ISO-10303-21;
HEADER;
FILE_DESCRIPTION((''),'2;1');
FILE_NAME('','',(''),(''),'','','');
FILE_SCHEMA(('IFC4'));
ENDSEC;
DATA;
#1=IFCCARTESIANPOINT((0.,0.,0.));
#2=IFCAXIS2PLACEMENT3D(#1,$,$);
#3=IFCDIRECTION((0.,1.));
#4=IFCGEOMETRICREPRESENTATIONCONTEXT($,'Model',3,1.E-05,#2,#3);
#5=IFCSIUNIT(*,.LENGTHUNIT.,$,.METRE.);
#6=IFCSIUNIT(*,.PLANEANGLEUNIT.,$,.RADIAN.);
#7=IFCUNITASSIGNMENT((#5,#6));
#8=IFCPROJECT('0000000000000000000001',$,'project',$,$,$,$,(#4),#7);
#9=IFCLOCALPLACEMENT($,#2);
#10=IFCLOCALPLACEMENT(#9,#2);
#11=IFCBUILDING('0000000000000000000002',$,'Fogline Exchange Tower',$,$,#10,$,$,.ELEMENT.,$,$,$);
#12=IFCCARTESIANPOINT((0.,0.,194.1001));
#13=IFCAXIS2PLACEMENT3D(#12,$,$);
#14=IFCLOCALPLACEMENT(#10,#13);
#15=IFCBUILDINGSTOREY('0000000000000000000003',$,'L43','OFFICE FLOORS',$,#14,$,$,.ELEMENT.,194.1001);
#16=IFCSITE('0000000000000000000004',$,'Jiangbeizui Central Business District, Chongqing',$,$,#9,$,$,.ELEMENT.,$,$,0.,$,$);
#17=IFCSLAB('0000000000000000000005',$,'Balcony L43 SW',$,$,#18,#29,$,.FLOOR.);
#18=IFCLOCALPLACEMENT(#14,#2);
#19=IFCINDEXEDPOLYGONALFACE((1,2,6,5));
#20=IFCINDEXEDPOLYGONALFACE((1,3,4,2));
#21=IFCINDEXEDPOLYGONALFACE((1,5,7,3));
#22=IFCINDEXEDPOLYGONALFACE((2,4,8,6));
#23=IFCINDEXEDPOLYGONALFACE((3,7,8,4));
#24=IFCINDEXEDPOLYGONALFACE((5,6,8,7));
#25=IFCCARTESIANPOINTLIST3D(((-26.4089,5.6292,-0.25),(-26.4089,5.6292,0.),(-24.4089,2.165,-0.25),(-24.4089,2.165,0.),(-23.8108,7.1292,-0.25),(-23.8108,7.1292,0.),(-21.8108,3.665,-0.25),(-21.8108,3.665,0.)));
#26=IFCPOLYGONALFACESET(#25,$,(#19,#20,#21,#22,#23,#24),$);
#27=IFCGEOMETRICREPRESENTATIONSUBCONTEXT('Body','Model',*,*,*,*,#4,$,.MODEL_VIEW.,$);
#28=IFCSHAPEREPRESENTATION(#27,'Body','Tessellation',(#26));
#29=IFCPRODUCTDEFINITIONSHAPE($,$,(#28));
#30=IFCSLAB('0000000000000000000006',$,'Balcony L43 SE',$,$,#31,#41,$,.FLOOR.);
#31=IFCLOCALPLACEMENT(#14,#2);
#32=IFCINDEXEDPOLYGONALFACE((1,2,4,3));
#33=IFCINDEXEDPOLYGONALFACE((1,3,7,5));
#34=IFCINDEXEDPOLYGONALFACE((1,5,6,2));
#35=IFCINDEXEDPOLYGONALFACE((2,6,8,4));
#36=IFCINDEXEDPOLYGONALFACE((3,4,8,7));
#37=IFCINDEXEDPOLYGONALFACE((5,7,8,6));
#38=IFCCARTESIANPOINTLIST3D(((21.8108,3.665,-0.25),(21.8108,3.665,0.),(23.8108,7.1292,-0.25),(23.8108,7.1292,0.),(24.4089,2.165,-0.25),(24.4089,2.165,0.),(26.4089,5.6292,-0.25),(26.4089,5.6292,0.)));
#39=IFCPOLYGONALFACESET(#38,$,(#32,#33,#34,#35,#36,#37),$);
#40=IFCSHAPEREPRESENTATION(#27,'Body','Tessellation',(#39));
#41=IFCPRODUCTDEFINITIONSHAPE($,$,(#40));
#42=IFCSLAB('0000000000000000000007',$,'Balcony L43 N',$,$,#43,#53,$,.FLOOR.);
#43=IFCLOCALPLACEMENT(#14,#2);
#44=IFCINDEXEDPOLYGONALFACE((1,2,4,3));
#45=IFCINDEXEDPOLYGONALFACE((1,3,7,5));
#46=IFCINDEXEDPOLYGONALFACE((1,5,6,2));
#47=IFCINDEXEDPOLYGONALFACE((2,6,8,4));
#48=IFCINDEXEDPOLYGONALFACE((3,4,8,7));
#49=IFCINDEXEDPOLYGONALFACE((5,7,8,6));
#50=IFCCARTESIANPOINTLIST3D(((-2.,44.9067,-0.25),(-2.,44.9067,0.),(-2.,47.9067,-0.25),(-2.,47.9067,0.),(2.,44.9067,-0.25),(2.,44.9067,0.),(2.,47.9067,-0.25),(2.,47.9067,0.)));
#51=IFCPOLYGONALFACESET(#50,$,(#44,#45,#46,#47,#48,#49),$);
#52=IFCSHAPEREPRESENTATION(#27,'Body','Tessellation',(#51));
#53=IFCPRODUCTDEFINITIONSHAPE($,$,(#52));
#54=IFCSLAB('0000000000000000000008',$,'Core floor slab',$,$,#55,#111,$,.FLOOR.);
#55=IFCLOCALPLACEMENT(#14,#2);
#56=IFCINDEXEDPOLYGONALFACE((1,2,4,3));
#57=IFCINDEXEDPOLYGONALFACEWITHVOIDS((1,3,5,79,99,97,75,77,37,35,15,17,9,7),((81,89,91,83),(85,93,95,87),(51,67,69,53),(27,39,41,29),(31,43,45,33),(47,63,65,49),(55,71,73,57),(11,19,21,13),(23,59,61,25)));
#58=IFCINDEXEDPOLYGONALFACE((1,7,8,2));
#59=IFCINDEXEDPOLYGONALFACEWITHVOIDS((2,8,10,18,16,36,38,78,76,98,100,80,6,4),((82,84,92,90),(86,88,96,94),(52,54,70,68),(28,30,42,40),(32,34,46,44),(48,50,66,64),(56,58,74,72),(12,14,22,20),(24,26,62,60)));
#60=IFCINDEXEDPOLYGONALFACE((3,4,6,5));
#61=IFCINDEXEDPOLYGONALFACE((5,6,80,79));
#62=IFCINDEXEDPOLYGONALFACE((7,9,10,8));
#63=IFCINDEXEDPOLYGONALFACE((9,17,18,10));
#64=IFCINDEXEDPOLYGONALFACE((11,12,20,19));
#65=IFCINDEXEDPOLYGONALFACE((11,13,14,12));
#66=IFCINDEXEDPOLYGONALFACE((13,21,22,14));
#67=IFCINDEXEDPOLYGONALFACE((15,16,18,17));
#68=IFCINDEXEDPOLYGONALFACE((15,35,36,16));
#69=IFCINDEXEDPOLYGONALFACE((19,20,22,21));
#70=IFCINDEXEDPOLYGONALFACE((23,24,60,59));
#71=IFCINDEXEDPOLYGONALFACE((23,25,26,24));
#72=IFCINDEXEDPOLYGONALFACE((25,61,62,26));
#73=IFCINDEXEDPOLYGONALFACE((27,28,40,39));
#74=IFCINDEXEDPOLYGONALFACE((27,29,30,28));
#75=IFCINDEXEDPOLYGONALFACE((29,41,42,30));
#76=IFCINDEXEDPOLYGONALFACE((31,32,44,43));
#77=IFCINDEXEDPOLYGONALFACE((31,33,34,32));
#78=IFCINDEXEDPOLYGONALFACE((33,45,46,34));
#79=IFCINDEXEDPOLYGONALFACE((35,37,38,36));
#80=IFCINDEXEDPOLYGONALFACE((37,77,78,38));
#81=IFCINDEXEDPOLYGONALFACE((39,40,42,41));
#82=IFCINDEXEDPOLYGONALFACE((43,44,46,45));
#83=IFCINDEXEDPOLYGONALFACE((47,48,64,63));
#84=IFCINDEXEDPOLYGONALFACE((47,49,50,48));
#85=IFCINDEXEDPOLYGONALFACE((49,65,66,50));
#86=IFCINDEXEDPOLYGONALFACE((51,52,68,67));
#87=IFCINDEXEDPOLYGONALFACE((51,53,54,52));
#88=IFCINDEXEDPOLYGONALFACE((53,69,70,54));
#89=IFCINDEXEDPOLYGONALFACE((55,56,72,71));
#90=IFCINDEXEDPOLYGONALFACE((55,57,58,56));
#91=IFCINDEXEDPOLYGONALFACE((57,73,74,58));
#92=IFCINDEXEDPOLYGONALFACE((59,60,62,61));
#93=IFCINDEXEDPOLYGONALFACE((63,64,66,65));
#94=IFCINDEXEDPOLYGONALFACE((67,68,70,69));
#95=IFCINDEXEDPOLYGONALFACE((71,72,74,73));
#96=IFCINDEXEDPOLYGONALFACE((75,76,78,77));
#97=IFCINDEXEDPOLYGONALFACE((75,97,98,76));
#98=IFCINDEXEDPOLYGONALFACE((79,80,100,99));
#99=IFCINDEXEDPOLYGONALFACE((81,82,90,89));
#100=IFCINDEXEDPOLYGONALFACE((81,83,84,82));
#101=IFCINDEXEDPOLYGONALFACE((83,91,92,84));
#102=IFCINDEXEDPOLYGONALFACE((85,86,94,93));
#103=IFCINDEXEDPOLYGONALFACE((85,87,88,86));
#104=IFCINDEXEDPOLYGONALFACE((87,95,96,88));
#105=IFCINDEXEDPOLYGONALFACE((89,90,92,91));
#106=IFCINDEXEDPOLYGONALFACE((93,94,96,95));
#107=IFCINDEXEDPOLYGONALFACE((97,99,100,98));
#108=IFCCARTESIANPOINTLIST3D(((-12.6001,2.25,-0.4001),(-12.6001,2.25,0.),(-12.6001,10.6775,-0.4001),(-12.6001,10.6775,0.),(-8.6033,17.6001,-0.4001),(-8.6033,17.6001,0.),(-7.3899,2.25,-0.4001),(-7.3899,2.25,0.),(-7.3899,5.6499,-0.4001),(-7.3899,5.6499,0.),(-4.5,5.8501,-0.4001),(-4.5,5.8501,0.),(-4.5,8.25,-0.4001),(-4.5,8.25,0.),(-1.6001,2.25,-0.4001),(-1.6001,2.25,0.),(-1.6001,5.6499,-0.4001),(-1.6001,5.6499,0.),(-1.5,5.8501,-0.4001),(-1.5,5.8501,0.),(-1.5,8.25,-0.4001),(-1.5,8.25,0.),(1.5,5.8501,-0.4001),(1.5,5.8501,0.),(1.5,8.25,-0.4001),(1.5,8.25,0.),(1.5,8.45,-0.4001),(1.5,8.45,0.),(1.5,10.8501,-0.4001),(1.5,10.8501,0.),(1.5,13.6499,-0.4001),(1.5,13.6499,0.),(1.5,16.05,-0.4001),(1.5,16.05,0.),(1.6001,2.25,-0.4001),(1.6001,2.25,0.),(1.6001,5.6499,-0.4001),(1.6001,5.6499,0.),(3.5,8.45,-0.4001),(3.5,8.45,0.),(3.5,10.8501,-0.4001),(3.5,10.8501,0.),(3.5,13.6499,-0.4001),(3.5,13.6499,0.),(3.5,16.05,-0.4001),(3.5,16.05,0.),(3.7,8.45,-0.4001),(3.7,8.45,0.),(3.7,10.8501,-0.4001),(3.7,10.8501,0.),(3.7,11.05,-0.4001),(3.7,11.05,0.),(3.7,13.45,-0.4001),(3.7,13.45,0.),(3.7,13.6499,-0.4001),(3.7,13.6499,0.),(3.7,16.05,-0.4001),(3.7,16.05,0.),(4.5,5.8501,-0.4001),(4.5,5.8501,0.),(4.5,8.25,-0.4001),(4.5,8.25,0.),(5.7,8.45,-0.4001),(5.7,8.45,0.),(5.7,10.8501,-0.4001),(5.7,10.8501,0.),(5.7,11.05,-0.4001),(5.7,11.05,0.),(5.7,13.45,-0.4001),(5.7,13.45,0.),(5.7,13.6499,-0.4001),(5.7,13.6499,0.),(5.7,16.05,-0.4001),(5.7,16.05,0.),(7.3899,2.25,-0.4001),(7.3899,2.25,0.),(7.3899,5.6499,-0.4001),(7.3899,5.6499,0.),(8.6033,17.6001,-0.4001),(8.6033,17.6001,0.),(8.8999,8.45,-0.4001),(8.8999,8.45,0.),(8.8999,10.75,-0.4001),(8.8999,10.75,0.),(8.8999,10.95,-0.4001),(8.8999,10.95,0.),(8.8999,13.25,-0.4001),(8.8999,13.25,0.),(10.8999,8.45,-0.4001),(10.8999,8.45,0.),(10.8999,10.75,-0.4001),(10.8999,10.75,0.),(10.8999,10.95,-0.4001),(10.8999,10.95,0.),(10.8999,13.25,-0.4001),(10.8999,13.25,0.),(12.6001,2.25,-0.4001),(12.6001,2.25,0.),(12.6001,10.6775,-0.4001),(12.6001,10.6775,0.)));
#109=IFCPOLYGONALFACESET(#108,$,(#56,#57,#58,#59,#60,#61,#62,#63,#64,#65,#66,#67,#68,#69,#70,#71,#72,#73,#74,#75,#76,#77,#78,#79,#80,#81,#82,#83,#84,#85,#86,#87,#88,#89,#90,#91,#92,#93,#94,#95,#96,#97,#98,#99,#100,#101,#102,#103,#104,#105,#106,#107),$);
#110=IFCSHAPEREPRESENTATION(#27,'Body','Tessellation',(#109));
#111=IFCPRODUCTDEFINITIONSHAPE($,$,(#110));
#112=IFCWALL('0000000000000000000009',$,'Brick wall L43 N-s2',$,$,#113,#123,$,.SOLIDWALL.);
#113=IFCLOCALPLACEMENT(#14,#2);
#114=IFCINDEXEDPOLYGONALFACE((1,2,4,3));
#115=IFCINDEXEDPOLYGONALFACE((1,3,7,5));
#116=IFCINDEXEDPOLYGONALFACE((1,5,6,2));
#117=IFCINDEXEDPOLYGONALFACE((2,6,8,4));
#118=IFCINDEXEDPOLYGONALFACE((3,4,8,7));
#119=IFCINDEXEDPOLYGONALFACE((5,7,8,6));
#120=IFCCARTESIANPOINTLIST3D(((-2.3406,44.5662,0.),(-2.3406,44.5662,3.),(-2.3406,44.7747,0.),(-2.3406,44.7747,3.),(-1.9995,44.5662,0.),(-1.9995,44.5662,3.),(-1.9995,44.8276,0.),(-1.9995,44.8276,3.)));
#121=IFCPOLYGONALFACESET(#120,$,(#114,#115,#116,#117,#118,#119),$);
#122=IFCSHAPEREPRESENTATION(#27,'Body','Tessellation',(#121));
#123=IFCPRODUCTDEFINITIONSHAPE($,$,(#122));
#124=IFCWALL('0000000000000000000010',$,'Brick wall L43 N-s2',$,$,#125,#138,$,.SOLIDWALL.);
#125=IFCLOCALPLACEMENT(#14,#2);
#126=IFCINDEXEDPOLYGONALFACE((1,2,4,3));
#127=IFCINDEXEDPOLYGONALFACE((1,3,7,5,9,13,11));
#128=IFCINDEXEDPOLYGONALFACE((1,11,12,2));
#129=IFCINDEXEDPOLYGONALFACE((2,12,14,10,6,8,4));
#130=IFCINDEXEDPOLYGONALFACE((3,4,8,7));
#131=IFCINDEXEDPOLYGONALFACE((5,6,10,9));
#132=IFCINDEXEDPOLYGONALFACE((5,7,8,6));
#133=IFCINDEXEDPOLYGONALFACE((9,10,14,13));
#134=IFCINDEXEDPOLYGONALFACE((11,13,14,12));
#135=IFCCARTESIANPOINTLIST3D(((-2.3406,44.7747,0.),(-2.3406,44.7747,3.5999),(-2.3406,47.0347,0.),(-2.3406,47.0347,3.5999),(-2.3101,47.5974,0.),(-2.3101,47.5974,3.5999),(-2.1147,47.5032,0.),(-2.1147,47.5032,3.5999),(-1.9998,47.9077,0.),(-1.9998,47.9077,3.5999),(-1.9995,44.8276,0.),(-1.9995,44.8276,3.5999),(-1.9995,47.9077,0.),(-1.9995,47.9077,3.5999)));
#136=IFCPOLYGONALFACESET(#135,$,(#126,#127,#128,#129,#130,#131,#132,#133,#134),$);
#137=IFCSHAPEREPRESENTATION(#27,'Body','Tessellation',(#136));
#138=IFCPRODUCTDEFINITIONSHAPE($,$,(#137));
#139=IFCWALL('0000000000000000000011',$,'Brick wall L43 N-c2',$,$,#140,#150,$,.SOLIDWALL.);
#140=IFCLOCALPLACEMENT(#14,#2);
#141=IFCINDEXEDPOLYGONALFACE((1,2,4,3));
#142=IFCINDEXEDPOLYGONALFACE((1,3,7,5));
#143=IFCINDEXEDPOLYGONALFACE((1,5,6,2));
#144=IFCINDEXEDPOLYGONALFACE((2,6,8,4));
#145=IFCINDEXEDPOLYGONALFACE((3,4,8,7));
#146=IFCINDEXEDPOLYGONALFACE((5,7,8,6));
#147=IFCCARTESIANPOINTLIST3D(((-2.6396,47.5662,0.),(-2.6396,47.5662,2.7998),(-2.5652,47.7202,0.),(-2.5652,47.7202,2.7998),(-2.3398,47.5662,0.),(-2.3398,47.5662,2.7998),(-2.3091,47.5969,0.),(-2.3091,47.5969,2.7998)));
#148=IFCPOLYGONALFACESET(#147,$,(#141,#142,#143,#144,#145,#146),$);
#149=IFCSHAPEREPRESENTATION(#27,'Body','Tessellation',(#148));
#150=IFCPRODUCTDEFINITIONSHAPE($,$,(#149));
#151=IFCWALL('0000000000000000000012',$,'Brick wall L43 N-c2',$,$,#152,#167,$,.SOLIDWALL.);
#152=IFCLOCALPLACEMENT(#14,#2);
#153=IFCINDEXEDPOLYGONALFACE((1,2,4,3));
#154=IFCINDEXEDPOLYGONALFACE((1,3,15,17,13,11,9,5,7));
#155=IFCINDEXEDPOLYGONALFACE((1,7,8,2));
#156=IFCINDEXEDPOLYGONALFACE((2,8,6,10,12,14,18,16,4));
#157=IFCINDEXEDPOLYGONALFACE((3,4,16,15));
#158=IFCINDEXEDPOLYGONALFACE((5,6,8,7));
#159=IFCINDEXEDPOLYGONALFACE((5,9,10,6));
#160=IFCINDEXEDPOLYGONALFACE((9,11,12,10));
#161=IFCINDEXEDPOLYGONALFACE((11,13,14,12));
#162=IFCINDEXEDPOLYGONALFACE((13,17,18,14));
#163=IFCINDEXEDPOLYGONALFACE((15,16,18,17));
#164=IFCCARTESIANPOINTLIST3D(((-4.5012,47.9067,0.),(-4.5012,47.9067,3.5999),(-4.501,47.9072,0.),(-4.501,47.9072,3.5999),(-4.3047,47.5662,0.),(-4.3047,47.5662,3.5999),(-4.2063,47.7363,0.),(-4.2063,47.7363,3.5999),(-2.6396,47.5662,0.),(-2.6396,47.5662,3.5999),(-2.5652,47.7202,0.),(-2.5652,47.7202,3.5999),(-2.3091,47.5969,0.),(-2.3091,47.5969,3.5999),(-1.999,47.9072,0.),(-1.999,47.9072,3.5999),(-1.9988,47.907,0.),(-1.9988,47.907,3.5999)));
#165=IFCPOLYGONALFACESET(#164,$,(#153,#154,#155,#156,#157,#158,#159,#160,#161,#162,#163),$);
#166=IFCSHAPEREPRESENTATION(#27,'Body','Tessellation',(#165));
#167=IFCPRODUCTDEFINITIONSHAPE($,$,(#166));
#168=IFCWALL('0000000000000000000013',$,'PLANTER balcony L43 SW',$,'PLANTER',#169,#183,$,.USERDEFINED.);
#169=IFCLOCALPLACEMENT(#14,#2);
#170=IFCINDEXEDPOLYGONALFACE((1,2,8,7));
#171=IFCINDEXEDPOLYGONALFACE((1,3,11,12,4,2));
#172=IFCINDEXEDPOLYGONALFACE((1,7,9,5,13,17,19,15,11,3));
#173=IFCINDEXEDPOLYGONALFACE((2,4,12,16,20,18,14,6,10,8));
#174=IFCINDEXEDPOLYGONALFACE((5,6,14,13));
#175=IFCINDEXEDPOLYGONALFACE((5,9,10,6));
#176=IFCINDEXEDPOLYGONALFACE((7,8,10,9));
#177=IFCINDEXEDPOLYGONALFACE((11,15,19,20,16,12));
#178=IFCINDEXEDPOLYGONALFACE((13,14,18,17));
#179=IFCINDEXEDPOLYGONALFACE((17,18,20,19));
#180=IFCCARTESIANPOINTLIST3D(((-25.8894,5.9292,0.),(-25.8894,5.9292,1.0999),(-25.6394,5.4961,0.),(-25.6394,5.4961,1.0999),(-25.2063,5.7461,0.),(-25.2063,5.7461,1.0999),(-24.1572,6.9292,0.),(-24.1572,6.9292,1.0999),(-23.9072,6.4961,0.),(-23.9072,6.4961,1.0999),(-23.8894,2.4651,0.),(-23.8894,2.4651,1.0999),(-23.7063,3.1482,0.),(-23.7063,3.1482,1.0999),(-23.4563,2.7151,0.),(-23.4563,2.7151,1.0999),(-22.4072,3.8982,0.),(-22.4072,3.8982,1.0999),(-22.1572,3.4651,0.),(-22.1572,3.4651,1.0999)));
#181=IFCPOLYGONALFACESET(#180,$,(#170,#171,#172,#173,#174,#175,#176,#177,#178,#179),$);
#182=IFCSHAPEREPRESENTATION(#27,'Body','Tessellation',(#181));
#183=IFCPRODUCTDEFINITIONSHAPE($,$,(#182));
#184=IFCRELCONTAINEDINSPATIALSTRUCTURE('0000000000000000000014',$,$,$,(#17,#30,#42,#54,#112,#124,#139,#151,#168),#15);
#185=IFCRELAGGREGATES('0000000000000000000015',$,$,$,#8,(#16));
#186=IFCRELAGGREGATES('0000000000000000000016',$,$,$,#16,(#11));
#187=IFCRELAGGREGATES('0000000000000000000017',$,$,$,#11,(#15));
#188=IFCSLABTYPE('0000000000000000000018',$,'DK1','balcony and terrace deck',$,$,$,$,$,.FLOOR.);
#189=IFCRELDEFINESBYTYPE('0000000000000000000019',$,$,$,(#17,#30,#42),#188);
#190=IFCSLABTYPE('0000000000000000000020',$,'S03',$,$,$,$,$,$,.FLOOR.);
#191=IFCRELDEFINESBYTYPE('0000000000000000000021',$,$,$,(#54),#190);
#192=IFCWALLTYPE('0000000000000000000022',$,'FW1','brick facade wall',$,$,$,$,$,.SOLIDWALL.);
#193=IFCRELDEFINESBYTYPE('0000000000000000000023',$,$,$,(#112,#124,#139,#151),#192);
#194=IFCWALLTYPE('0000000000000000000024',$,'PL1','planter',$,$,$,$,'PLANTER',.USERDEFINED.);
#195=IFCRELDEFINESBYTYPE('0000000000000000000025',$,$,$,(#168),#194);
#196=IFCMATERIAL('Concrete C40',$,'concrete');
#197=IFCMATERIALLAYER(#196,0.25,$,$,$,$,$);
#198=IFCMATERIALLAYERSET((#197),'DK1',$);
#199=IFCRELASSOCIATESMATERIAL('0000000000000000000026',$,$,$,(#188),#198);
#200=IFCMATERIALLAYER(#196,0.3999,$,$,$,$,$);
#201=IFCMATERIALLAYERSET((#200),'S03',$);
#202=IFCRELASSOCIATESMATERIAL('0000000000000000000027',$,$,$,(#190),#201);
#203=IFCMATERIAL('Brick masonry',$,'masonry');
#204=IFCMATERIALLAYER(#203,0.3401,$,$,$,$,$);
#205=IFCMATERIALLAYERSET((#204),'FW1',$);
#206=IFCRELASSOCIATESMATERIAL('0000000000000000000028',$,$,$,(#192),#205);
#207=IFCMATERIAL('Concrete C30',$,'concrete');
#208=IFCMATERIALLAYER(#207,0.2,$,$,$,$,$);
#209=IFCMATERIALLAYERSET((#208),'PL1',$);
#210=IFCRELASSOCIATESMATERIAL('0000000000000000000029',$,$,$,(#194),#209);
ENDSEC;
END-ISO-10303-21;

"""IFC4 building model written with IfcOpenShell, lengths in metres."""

from ifc_helpers import new_model, si_unit, direction, frame, origin, place, context, subcontext, project, spatial, polyline, outline, extrude, material, layer, layer_set, type_object, element, save


model = new_model("IFC4")

# Units and contexts
model_context = context("Model", 3, precision=1e-05, world=origin(), true_north=direction((0.0, 1.0)))
body_context = subcontext(model_context, "Body", "Model", "MODEL_VIEW")
ifc_project = project(units=[si_unit("LENGTHUNIT", "METRE"), si_unit("PLANEANGLEUNIT", "RADIAN")], contexts=[model_context])

# Site, building, storey
site_placement = place(None, origin())
site = spatial("IfcSite", under=ifc_project, at=site_placement, Name="Jiangbeizui Central Business District, Chongqing", CompositionType="ELEMENT", RefElevation=0.0)
building_placement = place(site_placement, origin())
building = spatial("IfcBuilding", under=site, at=building_placement, Name="Fogline Exchange Tower", CompositionType="ELEMENT")
storey_placement = place(building_placement, frame((0.0, 0.0, 194.1001)))
storey = spatial("IfcBuildingStorey", under=building, at=storey_placement, Name="L43", Description="OFFICE FLOORS", CompositionType="ELEMENT", Elevation=194.1001)

# Slabs
ifc_material_1 = material(Name="Concrete C40", Category="concrete")
ifc_layer_1 = layer(ifc_material_1, 0.25)
ifc_layer_set_1 = layer_set([ifc_layer_1], Name="DK1")
slab_type_1 = type_object("IfcSlabType", Name="DK1", Description="balcony and terrace deck", PredefinedType="FLOOR", material=ifc_layer_set_1)
slab_1_placement = place(storey_placement, frame((0.0, 0.0, -0.25)))
element("IfcSlab", 1, at=slab_1_placement, inside=storey, type_object=slab_type_1, Name="Balcony L43 SW", PredefinedType="FLOOR", context=body_context, shape_type="SweptSolid", body=[
    extrude(outline(polyline([(-26.4089, 5.6292), (-24.4089, 2.165), (-21.8108, 3.665), (-23.8108, 7.1292), (-26.4089, 5.6292)])), origin(), (0.0, 0.0, 1.0), 0.25),
])
slab_2_placement = place(storey_placement, frame((0.0, 0.0, -0.25)))
element("IfcSlab", 2, at=slab_2_placement, inside=storey, type_object=slab_type_1, Name="Balcony L43 SE", PredefinedType="FLOOR", context=body_context, shape_type="SweptSolid", body=[
    extrude(outline(polyline([(24.4089, 2.165), (26.4089, 5.6292), (23.8108, 7.1292), (21.8108, 3.665), (24.4089, 2.165)])), origin(), (0.0, 0.0, 1.0), 0.25),
])
slab_3_placement = place(storey_placement, frame((0.0, 0.0, -0.25)))
element("IfcSlab", 3, at=slab_3_placement, inside=storey, type_object=slab_type_1, Name="Balcony L43 N", PredefinedType="FLOOR", context=body_context, shape_type="SweptSolid", body=[
    extrude(outline(polyline([(2.0, 47.9067), (-2.0, 47.9067), (-2.0, 44.9067), (2.0, 44.9067), (2.0, 47.9067)])), origin(), (0.0, 0.0, 1.0), 0.25),
])
ifc_layer_2 = layer(ifc_material_1, 0.3999)
ifc_layer_set_2 = layer_set([ifc_layer_2], Name="S03")
slab_type_2 = type_object("IfcSlabType", Name="S03", PredefinedType="FLOOR", material=ifc_layer_set_2)
slab_4_placement = place(storey_placement, frame((0.0, 0.0, -0.4001)))
element("IfcSlab", 4, at=slab_4_placement, inside=storey, type_object=slab_type_2, Name="Core floor slab", PredefinedType="FLOOR", context=body_context, shape_type="SweptSolid", body=[
    extrude(outline(polyline([(-12.6001, 2.25), (-12.6001, 10.6775), (-8.6033, 17.6001), (8.6033, 17.6001), (12.6001, 10.6775), (12.6001, 2.25), (7.3899, 2.25), (7.3899, 5.6499), (1.6001, 5.6499), (1.6001, 2.25), (-1.6001, 2.25), (-1.6001, 5.6499), (-7.3899, 5.6499), (-7.3899, 2.25), (-12.6001, 2.25)]), holes=[polyline([(-4.5, 8.25), (-4.5, 5.8501), (-1.5, 5.8501), (-1.5, 8.25), (-4.5, 8.25)]), polyline([(4.5, 8.25), (1.5, 8.25), (1.5, 5.8501), (4.5, 5.8501), (4.5, 8.25)]), polyline([(3.5, 10.8501), (1.5, 10.8501), (1.5, 8.45), (3.5, 8.45), (3.5, 10.8501)]), polyline([(1.5, 16.05), (1.5, 13.6499), (3.5, 13.6499), (3.5, 16.05), (1.5, 16.05)]), polyline([(10.8999, 10.75), (8.8999, 10.75), (8.8999, 8.45), (10.8999, 8.45), (10.8999, 10.75)]), polyline([(5.7, 10.8501), (3.7, 10.8501), (3.7, 8.45), (5.7, 8.45), (5.7, 10.8501)]), polyline([(8.8999, 13.25), (8.8999, 10.95), (10.8999, 10.95), (10.8999, 13.25), (8.8999, 13.25)]), polyline([(5.7, 13.45), (3.7, 13.45), (3.7, 11.05), (5.7, 11.05), (5.7, 13.45)]), polyline([(5.7, 16.05), (3.7, 16.05), (3.7, 13.6499), (5.7, 13.6499), (5.7, 16.05)])]), origin(), (0.0, 0.0, 1.0), 0.4001),
])

# Walls
ifc_material_2 = material(Name="Brick masonry", Category="masonry")
ifc_layer_3 = layer(ifc_material_2, 0.3401)
ifc_layer_set_3 = layer_set([ifc_layer_3], Name="FW1")
wall_type_1 = type_object("IfcWallType", Name="FW1", Description="brick facade wall", PredefinedType="SOLIDWALL", material=ifc_layer_set_3)
wall_1_placement = place(storey_placement, origin())
element("IfcWall", 5, at=wall_1_placement, inside=storey, type_object=wall_type_1, Name="Brick wall L43 N-s2", PredefinedType="SOLIDWALL", context=body_context, shape_type="SweptSolid", body=[
    extrude(outline(polyline([(-2.3406, 44.5662), (-2.3406, 44.7747), (-1.9995, 44.8276), (-1.9995, 44.5662), (-2.3406, 44.5662)])), origin(), (0.0, 0.0, 1.0), 3.0),
])
wall_2_placement = place(storey_placement, origin())
element("IfcWall", 6, at=wall_2_placement, inside=storey, type_object=wall_type_1, Name="Brick wall L43 N-s2", PredefinedType="SOLIDWALL", context=body_context, shape_type="SweptSolid", body=[
    extrude(outline(polyline([(-2.3406, 47.0347), (-2.1147, 47.5032), (-2.3101, 47.5974), (-1.9998, 47.9077), (-1.9995, 47.9077), (-1.9995, 44.8276), (-2.3406, 44.7747), (-2.3406, 47.0347)])), origin(), (0.0, 0.0, 1.0), 3.5999),
])
wall_3_placement = place(storey_placement, origin())
element("IfcWall", 7, at=wall_3_placement, inside=storey, type_object=wall_type_1, Name="Brick wall L43 N-c2", PredefinedType="SOLIDWALL", context=body_context, shape_type="SweptSolid", body=[
    extrude(outline(polyline([(-2.3398, 47.5662), (-2.6396, 47.5662), (-2.5652, 47.7202), (-2.3091, 47.5969), (-2.3398, 47.5662)])), origin(), (0.0, 0.0, 1.0), 2.7998),
])
wall_4_placement = place(storey_placement, origin())
element("IfcWall", 8, at=wall_4_placement, inside=storey, type_object=wall_type_1, Name="Brick wall L43 N-c2", PredefinedType="SOLIDWALL", context=body_context, shape_type="SweptSolid", body=[
    extrude(outline(polyline([(-4.2063, 47.7363), (-4.5012, 47.9067), (-4.501, 47.9072), (-1.999, 47.9072), (-1.9988, 47.907), (-2.3091, 47.5969), (-2.5652, 47.7202), (-2.6396, 47.5662), (-4.3047, 47.5662), (-4.2063, 47.7363)])), origin(), (0.0, 0.0, 1.0), 3.5999),
])
ifc_material_3 = material(Name="Concrete C30", Category="concrete")
ifc_layer_4 = layer(ifc_material_3, 0.2)
ifc_layer_set_4 = layer_set([ifc_layer_4], Name="PL1")
wall_type_2 = type_object("IfcWallType", Name="PL1", Description="planter", ElementType="PLANTER", PredefinedType="USERDEFINED", material=ifc_layer_set_4)
wall_5_placement = place(storey_placement, origin())
element("IfcWall", 9, at=wall_5_placement, inside=storey, type_object=wall_type_2, Name="PLANTER balcony L43 SW", ObjectType="PLANTER", PredefinedType="USERDEFINED", context=body_context, shape_type="SweptSolid", body=[
    extrude(outline(polyline([(-22.4072, 3.8982), (-23.7063, 3.1482), (-25.2063, 5.7461), (-23.9072, 6.4961), (-24.1572, 6.9292), (-25.8894, 5.9292), (-25.6394, 5.4961), (-23.8894, 2.4651), (-23.4563, 2.7151), (-23.4563, 2.7151), (-22.1572, 3.4651), (-22.4072, 3.8982)])), origin(), (0.0, 0.0, 1.0), 1.0999),
])

save(model, "model.ifc")
